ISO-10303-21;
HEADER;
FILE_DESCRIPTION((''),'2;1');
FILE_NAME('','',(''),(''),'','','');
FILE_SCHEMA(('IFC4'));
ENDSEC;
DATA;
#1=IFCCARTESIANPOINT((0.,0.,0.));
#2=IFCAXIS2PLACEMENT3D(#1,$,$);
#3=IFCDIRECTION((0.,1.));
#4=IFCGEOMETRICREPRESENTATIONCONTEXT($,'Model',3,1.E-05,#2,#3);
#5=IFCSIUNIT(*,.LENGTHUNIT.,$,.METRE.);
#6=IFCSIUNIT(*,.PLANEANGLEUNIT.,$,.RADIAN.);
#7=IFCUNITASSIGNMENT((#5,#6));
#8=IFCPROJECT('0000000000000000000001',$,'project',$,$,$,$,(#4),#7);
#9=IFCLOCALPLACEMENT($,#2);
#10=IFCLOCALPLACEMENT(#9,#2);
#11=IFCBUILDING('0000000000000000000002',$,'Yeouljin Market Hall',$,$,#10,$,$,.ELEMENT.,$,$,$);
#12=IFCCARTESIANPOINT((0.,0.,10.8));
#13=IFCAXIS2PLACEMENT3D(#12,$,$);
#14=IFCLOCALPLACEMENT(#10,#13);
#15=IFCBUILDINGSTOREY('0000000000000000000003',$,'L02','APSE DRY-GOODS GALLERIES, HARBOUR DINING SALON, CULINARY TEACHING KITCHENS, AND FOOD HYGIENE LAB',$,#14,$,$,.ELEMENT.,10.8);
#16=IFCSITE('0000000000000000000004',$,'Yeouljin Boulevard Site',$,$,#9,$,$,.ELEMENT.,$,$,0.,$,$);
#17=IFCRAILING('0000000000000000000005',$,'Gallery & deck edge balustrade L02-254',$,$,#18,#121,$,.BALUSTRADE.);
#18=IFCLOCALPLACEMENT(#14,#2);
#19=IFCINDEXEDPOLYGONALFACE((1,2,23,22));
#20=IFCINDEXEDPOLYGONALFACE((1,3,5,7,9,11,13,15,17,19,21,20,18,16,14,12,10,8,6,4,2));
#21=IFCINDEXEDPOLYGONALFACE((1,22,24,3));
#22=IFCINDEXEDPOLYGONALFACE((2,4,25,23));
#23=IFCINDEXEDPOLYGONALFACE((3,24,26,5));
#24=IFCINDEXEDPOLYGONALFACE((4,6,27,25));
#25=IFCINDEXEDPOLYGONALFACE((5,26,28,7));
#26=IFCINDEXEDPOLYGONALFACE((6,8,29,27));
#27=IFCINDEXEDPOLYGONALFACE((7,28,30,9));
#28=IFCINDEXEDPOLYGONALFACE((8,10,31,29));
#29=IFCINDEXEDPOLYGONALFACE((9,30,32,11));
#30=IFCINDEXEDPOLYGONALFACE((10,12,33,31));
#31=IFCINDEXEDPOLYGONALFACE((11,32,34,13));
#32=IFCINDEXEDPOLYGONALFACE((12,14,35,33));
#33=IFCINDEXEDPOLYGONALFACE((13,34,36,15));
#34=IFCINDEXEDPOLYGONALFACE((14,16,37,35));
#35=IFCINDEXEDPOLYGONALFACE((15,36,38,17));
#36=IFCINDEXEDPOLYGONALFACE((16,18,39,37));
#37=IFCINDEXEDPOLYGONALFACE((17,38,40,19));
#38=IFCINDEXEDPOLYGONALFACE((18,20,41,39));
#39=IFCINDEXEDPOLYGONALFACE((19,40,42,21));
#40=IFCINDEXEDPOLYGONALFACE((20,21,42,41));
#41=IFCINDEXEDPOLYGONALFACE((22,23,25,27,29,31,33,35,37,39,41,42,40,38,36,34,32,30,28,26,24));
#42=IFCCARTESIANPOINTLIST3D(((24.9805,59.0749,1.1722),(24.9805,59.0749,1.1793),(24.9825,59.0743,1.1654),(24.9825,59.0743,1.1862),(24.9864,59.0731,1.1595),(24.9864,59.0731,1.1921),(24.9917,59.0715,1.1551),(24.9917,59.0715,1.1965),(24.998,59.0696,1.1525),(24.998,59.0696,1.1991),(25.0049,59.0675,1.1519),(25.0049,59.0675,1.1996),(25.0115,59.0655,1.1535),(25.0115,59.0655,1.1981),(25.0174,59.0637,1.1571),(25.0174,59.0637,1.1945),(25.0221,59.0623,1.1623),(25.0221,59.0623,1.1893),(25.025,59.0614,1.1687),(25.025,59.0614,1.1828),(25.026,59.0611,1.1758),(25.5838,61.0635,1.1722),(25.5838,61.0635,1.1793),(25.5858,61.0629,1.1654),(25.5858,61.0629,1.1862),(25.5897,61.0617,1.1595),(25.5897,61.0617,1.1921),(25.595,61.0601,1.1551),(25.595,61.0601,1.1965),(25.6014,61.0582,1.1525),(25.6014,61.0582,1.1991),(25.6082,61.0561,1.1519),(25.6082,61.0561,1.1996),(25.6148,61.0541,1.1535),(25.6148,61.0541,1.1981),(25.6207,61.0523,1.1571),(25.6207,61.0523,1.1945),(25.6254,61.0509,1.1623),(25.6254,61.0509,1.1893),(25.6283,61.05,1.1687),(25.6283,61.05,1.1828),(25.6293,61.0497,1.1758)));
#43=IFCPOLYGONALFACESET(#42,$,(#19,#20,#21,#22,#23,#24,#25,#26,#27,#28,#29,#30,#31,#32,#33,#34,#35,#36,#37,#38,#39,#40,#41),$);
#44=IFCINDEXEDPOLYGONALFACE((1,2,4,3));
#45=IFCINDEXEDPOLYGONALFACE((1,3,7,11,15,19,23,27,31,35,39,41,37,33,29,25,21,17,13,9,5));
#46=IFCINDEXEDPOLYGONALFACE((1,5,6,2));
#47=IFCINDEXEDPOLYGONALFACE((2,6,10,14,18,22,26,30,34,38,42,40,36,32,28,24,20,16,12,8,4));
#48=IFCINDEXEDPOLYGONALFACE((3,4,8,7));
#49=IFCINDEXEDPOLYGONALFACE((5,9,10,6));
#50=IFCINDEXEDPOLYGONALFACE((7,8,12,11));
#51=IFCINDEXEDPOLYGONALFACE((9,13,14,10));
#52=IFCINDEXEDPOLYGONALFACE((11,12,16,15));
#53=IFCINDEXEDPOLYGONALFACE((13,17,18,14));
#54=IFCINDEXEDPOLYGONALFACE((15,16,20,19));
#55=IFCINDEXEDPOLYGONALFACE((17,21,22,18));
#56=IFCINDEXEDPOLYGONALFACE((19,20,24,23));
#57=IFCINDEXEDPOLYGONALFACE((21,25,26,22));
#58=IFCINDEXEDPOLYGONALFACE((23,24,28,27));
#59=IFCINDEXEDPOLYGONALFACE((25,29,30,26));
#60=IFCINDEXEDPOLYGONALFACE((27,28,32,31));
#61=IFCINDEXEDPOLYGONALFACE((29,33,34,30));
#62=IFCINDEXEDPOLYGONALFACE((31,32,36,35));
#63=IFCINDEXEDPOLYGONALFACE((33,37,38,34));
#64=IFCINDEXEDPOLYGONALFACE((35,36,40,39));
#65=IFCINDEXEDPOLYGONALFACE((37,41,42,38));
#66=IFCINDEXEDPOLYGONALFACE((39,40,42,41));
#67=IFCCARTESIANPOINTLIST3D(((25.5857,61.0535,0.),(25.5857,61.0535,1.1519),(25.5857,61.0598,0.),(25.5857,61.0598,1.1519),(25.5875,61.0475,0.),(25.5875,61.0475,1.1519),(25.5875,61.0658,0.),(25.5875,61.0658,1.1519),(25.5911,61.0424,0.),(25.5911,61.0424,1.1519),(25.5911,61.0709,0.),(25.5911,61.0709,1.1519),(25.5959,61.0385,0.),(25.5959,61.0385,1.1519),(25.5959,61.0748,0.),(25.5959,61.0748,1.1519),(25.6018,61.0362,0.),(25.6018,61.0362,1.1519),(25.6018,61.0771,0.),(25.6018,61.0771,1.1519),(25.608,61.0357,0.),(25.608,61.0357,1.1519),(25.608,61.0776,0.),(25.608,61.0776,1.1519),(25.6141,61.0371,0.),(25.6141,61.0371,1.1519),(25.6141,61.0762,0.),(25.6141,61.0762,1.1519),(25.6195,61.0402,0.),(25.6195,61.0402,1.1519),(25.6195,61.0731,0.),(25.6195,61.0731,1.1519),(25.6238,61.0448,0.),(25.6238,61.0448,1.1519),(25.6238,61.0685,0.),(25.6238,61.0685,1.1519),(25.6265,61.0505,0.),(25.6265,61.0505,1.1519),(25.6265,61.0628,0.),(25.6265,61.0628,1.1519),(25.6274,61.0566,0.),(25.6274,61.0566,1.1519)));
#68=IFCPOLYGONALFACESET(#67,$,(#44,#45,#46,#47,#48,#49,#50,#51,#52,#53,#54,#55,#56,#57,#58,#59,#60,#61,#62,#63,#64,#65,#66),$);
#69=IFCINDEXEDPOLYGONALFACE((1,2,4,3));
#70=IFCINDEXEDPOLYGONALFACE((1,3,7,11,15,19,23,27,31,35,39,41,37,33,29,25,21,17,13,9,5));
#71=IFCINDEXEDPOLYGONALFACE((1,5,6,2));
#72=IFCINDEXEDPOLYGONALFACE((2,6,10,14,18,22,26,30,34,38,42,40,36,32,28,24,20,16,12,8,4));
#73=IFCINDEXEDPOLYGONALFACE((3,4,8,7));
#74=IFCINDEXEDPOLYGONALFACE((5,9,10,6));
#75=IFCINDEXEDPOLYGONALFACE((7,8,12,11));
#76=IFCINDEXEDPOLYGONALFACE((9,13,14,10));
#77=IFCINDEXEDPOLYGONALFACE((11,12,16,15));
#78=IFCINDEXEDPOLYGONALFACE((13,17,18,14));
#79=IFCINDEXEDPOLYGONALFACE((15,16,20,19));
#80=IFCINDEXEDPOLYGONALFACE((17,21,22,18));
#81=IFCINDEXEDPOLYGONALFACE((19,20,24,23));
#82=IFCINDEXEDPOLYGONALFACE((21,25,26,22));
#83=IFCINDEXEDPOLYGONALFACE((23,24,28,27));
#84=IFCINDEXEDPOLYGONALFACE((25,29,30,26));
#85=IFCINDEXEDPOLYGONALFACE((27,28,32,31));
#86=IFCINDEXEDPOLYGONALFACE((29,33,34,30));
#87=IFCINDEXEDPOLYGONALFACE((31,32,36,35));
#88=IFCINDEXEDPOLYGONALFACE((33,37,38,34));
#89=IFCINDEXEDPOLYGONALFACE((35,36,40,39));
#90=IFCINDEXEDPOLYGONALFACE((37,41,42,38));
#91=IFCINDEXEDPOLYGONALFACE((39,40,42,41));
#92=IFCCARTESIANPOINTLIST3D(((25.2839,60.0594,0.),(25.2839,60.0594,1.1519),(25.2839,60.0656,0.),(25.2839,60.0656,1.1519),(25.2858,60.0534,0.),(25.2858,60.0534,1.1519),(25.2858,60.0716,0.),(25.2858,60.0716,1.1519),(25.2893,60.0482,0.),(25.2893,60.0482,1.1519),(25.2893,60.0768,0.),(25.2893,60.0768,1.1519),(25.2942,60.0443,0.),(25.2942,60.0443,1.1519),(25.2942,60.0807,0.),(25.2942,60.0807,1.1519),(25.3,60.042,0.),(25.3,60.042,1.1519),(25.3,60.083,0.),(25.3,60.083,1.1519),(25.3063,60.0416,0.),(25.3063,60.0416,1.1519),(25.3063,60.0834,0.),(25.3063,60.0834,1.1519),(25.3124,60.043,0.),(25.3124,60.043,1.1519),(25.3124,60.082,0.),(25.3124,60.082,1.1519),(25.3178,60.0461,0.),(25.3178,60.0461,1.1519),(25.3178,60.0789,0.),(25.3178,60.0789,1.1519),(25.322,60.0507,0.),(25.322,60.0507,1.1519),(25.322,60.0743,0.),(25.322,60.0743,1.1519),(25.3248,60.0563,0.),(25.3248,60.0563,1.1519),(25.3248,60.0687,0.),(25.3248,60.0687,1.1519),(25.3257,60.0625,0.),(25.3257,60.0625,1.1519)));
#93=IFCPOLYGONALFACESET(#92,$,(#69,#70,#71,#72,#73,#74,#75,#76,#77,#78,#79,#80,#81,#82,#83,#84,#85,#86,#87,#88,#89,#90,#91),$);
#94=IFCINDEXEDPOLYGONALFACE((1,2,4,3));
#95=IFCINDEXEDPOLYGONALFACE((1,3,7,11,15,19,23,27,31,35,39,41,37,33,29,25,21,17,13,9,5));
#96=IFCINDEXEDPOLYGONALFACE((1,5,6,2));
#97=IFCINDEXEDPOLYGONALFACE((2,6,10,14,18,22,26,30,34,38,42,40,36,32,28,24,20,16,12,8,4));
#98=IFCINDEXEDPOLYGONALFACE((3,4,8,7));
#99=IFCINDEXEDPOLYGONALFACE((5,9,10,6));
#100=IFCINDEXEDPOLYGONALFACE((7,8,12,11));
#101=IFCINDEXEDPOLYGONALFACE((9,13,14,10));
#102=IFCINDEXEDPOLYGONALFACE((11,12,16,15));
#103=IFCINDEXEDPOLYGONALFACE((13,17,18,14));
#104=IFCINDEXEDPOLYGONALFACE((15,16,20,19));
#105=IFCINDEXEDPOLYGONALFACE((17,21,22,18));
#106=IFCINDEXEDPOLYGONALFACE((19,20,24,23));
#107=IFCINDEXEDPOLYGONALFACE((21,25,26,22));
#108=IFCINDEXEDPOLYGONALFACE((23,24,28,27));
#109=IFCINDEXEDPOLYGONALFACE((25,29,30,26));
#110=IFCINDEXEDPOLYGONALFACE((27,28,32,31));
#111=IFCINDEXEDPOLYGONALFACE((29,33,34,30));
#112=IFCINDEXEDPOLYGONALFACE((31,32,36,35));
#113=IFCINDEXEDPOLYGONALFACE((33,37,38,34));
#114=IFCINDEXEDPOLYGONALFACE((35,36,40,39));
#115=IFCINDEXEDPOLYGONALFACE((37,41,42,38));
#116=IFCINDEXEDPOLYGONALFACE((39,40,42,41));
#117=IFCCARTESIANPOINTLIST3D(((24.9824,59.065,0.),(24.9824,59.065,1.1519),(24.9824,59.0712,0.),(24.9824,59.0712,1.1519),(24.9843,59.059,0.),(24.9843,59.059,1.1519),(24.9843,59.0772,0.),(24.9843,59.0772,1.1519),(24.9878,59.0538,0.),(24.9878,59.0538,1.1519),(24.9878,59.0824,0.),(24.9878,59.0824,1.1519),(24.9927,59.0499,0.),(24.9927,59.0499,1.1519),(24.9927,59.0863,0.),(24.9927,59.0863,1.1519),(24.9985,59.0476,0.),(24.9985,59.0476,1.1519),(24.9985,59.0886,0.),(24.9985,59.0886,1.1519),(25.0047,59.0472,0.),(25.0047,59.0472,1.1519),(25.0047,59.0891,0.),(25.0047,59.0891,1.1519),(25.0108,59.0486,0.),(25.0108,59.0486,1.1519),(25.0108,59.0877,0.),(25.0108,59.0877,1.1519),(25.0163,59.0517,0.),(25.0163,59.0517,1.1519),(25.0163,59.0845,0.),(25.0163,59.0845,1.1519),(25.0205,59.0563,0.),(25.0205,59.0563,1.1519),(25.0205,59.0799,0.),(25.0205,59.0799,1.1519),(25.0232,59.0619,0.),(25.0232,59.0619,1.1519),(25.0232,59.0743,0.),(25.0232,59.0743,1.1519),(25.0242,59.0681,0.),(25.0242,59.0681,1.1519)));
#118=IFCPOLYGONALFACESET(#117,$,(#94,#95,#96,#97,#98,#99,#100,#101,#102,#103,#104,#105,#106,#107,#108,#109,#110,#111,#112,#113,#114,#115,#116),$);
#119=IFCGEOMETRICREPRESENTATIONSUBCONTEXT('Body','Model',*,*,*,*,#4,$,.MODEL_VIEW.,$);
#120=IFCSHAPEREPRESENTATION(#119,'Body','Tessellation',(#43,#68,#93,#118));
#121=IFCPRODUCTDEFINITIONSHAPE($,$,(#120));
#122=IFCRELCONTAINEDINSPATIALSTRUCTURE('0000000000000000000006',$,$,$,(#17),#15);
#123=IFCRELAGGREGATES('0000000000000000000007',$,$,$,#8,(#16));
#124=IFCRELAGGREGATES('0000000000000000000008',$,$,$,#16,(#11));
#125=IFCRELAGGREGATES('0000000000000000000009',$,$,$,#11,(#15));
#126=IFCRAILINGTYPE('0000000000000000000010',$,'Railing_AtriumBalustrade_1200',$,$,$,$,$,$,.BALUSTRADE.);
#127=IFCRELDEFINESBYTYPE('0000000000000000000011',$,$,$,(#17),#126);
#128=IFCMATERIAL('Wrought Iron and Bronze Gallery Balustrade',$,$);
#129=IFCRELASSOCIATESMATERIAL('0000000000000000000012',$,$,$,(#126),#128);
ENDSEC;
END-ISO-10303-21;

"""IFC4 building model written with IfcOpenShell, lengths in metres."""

from ifc_helpers import new_model, si_unit, direction, frame, origin, origin_2d, place, context, subcontext, project, spatial, circle, extrude, material, type_object, element, save


model = new_model("IFC4")

# Units and contexts
model_context = context("Model", 3, precision=1e-05, world=origin(), true_north=direction((0.0, 1.0)))
body_context = subcontext(model_context, "Body", "Model", "MODEL_VIEW")
ifc_project = project(units=[si_unit("LENGTHUNIT", "METRE"), si_unit("PLANEANGLEUNIT", "RADIAN")], contexts=[model_context])

# Site, building, storey
site_placement = place(None, origin())
site = spatial("IfcSite", under=ifc_project, at=site_placement, Name="Yeouljin Boulevard Site", CompositionType="ELEMENT", RefElevation=0.0)
building_placement = place(site_placement, origin())
building = spatial("IfcBuilding", under=site, at=building_placement, Name="Yeouljin Market Hall", CompositionType="ELEMENT")
storey_placement = place(building_placement, frame((0.0, 0.0, 10.8)))
storey = spatial("IfcBuildingStorey", under=building, at=storey_placement, Name="L02", Description="APSE DRY-GOODS GALLERIES, HARBOUR DINING SALON, CULINARY TEACHING KITCHENS, AND FOOD HYGIENE LAB", CompositionType="ELEMENT", Elevation=10.8)

# Railing
ifc_material_1 = material(Name="Wrought Iron and Bronze Gallery Balustrade")
railing_type = type_object("IfcRailingType", Name="Railing_AtriumBalustrade_1200", PredefinedType="BALUSTRADE", material=ifc_material_1)
railing_1_placement = place(storey_placement, frame((25.6064, 61.0566, 0.0)))
element("IfcRailing", 1, at=railing_1_placement, inside=storey, type_object=railing_type, Name="Gallery & deck edge balustrade L02-254", PredefinedType="BALUSTRADE", context=body_context, shape_type="SweptSolid", body=[
    extrude(circle(Radius=0.0239, at=origin_2d()), frame((0.0, 0.0, 1.1758), z_axis=(-0.290311, -0.956932, 0.0), x_axis=(0.956932, -0.290311, 0.0)), (0.0, 0.0, 1.0), 2.0781),
    extrude(circle(Radius=0.021, at=origin_2d()), origin(), (0.0, 0.0, 1.0), 1.1519),
    extrude(circle(Radius=0.021, at=origin_2d()), frame((-0.3018, -0.9941, 0.0)), (0.0, 0.0, 1.0), 1.1519),
    extrude(circle(Radius=0.021, at=origin_2d()), frame((-0.6033, -1.9885, 0.0)), (0.0, 0.0, 1.0), 1.1519),
])

save(model, "model.ifc")
